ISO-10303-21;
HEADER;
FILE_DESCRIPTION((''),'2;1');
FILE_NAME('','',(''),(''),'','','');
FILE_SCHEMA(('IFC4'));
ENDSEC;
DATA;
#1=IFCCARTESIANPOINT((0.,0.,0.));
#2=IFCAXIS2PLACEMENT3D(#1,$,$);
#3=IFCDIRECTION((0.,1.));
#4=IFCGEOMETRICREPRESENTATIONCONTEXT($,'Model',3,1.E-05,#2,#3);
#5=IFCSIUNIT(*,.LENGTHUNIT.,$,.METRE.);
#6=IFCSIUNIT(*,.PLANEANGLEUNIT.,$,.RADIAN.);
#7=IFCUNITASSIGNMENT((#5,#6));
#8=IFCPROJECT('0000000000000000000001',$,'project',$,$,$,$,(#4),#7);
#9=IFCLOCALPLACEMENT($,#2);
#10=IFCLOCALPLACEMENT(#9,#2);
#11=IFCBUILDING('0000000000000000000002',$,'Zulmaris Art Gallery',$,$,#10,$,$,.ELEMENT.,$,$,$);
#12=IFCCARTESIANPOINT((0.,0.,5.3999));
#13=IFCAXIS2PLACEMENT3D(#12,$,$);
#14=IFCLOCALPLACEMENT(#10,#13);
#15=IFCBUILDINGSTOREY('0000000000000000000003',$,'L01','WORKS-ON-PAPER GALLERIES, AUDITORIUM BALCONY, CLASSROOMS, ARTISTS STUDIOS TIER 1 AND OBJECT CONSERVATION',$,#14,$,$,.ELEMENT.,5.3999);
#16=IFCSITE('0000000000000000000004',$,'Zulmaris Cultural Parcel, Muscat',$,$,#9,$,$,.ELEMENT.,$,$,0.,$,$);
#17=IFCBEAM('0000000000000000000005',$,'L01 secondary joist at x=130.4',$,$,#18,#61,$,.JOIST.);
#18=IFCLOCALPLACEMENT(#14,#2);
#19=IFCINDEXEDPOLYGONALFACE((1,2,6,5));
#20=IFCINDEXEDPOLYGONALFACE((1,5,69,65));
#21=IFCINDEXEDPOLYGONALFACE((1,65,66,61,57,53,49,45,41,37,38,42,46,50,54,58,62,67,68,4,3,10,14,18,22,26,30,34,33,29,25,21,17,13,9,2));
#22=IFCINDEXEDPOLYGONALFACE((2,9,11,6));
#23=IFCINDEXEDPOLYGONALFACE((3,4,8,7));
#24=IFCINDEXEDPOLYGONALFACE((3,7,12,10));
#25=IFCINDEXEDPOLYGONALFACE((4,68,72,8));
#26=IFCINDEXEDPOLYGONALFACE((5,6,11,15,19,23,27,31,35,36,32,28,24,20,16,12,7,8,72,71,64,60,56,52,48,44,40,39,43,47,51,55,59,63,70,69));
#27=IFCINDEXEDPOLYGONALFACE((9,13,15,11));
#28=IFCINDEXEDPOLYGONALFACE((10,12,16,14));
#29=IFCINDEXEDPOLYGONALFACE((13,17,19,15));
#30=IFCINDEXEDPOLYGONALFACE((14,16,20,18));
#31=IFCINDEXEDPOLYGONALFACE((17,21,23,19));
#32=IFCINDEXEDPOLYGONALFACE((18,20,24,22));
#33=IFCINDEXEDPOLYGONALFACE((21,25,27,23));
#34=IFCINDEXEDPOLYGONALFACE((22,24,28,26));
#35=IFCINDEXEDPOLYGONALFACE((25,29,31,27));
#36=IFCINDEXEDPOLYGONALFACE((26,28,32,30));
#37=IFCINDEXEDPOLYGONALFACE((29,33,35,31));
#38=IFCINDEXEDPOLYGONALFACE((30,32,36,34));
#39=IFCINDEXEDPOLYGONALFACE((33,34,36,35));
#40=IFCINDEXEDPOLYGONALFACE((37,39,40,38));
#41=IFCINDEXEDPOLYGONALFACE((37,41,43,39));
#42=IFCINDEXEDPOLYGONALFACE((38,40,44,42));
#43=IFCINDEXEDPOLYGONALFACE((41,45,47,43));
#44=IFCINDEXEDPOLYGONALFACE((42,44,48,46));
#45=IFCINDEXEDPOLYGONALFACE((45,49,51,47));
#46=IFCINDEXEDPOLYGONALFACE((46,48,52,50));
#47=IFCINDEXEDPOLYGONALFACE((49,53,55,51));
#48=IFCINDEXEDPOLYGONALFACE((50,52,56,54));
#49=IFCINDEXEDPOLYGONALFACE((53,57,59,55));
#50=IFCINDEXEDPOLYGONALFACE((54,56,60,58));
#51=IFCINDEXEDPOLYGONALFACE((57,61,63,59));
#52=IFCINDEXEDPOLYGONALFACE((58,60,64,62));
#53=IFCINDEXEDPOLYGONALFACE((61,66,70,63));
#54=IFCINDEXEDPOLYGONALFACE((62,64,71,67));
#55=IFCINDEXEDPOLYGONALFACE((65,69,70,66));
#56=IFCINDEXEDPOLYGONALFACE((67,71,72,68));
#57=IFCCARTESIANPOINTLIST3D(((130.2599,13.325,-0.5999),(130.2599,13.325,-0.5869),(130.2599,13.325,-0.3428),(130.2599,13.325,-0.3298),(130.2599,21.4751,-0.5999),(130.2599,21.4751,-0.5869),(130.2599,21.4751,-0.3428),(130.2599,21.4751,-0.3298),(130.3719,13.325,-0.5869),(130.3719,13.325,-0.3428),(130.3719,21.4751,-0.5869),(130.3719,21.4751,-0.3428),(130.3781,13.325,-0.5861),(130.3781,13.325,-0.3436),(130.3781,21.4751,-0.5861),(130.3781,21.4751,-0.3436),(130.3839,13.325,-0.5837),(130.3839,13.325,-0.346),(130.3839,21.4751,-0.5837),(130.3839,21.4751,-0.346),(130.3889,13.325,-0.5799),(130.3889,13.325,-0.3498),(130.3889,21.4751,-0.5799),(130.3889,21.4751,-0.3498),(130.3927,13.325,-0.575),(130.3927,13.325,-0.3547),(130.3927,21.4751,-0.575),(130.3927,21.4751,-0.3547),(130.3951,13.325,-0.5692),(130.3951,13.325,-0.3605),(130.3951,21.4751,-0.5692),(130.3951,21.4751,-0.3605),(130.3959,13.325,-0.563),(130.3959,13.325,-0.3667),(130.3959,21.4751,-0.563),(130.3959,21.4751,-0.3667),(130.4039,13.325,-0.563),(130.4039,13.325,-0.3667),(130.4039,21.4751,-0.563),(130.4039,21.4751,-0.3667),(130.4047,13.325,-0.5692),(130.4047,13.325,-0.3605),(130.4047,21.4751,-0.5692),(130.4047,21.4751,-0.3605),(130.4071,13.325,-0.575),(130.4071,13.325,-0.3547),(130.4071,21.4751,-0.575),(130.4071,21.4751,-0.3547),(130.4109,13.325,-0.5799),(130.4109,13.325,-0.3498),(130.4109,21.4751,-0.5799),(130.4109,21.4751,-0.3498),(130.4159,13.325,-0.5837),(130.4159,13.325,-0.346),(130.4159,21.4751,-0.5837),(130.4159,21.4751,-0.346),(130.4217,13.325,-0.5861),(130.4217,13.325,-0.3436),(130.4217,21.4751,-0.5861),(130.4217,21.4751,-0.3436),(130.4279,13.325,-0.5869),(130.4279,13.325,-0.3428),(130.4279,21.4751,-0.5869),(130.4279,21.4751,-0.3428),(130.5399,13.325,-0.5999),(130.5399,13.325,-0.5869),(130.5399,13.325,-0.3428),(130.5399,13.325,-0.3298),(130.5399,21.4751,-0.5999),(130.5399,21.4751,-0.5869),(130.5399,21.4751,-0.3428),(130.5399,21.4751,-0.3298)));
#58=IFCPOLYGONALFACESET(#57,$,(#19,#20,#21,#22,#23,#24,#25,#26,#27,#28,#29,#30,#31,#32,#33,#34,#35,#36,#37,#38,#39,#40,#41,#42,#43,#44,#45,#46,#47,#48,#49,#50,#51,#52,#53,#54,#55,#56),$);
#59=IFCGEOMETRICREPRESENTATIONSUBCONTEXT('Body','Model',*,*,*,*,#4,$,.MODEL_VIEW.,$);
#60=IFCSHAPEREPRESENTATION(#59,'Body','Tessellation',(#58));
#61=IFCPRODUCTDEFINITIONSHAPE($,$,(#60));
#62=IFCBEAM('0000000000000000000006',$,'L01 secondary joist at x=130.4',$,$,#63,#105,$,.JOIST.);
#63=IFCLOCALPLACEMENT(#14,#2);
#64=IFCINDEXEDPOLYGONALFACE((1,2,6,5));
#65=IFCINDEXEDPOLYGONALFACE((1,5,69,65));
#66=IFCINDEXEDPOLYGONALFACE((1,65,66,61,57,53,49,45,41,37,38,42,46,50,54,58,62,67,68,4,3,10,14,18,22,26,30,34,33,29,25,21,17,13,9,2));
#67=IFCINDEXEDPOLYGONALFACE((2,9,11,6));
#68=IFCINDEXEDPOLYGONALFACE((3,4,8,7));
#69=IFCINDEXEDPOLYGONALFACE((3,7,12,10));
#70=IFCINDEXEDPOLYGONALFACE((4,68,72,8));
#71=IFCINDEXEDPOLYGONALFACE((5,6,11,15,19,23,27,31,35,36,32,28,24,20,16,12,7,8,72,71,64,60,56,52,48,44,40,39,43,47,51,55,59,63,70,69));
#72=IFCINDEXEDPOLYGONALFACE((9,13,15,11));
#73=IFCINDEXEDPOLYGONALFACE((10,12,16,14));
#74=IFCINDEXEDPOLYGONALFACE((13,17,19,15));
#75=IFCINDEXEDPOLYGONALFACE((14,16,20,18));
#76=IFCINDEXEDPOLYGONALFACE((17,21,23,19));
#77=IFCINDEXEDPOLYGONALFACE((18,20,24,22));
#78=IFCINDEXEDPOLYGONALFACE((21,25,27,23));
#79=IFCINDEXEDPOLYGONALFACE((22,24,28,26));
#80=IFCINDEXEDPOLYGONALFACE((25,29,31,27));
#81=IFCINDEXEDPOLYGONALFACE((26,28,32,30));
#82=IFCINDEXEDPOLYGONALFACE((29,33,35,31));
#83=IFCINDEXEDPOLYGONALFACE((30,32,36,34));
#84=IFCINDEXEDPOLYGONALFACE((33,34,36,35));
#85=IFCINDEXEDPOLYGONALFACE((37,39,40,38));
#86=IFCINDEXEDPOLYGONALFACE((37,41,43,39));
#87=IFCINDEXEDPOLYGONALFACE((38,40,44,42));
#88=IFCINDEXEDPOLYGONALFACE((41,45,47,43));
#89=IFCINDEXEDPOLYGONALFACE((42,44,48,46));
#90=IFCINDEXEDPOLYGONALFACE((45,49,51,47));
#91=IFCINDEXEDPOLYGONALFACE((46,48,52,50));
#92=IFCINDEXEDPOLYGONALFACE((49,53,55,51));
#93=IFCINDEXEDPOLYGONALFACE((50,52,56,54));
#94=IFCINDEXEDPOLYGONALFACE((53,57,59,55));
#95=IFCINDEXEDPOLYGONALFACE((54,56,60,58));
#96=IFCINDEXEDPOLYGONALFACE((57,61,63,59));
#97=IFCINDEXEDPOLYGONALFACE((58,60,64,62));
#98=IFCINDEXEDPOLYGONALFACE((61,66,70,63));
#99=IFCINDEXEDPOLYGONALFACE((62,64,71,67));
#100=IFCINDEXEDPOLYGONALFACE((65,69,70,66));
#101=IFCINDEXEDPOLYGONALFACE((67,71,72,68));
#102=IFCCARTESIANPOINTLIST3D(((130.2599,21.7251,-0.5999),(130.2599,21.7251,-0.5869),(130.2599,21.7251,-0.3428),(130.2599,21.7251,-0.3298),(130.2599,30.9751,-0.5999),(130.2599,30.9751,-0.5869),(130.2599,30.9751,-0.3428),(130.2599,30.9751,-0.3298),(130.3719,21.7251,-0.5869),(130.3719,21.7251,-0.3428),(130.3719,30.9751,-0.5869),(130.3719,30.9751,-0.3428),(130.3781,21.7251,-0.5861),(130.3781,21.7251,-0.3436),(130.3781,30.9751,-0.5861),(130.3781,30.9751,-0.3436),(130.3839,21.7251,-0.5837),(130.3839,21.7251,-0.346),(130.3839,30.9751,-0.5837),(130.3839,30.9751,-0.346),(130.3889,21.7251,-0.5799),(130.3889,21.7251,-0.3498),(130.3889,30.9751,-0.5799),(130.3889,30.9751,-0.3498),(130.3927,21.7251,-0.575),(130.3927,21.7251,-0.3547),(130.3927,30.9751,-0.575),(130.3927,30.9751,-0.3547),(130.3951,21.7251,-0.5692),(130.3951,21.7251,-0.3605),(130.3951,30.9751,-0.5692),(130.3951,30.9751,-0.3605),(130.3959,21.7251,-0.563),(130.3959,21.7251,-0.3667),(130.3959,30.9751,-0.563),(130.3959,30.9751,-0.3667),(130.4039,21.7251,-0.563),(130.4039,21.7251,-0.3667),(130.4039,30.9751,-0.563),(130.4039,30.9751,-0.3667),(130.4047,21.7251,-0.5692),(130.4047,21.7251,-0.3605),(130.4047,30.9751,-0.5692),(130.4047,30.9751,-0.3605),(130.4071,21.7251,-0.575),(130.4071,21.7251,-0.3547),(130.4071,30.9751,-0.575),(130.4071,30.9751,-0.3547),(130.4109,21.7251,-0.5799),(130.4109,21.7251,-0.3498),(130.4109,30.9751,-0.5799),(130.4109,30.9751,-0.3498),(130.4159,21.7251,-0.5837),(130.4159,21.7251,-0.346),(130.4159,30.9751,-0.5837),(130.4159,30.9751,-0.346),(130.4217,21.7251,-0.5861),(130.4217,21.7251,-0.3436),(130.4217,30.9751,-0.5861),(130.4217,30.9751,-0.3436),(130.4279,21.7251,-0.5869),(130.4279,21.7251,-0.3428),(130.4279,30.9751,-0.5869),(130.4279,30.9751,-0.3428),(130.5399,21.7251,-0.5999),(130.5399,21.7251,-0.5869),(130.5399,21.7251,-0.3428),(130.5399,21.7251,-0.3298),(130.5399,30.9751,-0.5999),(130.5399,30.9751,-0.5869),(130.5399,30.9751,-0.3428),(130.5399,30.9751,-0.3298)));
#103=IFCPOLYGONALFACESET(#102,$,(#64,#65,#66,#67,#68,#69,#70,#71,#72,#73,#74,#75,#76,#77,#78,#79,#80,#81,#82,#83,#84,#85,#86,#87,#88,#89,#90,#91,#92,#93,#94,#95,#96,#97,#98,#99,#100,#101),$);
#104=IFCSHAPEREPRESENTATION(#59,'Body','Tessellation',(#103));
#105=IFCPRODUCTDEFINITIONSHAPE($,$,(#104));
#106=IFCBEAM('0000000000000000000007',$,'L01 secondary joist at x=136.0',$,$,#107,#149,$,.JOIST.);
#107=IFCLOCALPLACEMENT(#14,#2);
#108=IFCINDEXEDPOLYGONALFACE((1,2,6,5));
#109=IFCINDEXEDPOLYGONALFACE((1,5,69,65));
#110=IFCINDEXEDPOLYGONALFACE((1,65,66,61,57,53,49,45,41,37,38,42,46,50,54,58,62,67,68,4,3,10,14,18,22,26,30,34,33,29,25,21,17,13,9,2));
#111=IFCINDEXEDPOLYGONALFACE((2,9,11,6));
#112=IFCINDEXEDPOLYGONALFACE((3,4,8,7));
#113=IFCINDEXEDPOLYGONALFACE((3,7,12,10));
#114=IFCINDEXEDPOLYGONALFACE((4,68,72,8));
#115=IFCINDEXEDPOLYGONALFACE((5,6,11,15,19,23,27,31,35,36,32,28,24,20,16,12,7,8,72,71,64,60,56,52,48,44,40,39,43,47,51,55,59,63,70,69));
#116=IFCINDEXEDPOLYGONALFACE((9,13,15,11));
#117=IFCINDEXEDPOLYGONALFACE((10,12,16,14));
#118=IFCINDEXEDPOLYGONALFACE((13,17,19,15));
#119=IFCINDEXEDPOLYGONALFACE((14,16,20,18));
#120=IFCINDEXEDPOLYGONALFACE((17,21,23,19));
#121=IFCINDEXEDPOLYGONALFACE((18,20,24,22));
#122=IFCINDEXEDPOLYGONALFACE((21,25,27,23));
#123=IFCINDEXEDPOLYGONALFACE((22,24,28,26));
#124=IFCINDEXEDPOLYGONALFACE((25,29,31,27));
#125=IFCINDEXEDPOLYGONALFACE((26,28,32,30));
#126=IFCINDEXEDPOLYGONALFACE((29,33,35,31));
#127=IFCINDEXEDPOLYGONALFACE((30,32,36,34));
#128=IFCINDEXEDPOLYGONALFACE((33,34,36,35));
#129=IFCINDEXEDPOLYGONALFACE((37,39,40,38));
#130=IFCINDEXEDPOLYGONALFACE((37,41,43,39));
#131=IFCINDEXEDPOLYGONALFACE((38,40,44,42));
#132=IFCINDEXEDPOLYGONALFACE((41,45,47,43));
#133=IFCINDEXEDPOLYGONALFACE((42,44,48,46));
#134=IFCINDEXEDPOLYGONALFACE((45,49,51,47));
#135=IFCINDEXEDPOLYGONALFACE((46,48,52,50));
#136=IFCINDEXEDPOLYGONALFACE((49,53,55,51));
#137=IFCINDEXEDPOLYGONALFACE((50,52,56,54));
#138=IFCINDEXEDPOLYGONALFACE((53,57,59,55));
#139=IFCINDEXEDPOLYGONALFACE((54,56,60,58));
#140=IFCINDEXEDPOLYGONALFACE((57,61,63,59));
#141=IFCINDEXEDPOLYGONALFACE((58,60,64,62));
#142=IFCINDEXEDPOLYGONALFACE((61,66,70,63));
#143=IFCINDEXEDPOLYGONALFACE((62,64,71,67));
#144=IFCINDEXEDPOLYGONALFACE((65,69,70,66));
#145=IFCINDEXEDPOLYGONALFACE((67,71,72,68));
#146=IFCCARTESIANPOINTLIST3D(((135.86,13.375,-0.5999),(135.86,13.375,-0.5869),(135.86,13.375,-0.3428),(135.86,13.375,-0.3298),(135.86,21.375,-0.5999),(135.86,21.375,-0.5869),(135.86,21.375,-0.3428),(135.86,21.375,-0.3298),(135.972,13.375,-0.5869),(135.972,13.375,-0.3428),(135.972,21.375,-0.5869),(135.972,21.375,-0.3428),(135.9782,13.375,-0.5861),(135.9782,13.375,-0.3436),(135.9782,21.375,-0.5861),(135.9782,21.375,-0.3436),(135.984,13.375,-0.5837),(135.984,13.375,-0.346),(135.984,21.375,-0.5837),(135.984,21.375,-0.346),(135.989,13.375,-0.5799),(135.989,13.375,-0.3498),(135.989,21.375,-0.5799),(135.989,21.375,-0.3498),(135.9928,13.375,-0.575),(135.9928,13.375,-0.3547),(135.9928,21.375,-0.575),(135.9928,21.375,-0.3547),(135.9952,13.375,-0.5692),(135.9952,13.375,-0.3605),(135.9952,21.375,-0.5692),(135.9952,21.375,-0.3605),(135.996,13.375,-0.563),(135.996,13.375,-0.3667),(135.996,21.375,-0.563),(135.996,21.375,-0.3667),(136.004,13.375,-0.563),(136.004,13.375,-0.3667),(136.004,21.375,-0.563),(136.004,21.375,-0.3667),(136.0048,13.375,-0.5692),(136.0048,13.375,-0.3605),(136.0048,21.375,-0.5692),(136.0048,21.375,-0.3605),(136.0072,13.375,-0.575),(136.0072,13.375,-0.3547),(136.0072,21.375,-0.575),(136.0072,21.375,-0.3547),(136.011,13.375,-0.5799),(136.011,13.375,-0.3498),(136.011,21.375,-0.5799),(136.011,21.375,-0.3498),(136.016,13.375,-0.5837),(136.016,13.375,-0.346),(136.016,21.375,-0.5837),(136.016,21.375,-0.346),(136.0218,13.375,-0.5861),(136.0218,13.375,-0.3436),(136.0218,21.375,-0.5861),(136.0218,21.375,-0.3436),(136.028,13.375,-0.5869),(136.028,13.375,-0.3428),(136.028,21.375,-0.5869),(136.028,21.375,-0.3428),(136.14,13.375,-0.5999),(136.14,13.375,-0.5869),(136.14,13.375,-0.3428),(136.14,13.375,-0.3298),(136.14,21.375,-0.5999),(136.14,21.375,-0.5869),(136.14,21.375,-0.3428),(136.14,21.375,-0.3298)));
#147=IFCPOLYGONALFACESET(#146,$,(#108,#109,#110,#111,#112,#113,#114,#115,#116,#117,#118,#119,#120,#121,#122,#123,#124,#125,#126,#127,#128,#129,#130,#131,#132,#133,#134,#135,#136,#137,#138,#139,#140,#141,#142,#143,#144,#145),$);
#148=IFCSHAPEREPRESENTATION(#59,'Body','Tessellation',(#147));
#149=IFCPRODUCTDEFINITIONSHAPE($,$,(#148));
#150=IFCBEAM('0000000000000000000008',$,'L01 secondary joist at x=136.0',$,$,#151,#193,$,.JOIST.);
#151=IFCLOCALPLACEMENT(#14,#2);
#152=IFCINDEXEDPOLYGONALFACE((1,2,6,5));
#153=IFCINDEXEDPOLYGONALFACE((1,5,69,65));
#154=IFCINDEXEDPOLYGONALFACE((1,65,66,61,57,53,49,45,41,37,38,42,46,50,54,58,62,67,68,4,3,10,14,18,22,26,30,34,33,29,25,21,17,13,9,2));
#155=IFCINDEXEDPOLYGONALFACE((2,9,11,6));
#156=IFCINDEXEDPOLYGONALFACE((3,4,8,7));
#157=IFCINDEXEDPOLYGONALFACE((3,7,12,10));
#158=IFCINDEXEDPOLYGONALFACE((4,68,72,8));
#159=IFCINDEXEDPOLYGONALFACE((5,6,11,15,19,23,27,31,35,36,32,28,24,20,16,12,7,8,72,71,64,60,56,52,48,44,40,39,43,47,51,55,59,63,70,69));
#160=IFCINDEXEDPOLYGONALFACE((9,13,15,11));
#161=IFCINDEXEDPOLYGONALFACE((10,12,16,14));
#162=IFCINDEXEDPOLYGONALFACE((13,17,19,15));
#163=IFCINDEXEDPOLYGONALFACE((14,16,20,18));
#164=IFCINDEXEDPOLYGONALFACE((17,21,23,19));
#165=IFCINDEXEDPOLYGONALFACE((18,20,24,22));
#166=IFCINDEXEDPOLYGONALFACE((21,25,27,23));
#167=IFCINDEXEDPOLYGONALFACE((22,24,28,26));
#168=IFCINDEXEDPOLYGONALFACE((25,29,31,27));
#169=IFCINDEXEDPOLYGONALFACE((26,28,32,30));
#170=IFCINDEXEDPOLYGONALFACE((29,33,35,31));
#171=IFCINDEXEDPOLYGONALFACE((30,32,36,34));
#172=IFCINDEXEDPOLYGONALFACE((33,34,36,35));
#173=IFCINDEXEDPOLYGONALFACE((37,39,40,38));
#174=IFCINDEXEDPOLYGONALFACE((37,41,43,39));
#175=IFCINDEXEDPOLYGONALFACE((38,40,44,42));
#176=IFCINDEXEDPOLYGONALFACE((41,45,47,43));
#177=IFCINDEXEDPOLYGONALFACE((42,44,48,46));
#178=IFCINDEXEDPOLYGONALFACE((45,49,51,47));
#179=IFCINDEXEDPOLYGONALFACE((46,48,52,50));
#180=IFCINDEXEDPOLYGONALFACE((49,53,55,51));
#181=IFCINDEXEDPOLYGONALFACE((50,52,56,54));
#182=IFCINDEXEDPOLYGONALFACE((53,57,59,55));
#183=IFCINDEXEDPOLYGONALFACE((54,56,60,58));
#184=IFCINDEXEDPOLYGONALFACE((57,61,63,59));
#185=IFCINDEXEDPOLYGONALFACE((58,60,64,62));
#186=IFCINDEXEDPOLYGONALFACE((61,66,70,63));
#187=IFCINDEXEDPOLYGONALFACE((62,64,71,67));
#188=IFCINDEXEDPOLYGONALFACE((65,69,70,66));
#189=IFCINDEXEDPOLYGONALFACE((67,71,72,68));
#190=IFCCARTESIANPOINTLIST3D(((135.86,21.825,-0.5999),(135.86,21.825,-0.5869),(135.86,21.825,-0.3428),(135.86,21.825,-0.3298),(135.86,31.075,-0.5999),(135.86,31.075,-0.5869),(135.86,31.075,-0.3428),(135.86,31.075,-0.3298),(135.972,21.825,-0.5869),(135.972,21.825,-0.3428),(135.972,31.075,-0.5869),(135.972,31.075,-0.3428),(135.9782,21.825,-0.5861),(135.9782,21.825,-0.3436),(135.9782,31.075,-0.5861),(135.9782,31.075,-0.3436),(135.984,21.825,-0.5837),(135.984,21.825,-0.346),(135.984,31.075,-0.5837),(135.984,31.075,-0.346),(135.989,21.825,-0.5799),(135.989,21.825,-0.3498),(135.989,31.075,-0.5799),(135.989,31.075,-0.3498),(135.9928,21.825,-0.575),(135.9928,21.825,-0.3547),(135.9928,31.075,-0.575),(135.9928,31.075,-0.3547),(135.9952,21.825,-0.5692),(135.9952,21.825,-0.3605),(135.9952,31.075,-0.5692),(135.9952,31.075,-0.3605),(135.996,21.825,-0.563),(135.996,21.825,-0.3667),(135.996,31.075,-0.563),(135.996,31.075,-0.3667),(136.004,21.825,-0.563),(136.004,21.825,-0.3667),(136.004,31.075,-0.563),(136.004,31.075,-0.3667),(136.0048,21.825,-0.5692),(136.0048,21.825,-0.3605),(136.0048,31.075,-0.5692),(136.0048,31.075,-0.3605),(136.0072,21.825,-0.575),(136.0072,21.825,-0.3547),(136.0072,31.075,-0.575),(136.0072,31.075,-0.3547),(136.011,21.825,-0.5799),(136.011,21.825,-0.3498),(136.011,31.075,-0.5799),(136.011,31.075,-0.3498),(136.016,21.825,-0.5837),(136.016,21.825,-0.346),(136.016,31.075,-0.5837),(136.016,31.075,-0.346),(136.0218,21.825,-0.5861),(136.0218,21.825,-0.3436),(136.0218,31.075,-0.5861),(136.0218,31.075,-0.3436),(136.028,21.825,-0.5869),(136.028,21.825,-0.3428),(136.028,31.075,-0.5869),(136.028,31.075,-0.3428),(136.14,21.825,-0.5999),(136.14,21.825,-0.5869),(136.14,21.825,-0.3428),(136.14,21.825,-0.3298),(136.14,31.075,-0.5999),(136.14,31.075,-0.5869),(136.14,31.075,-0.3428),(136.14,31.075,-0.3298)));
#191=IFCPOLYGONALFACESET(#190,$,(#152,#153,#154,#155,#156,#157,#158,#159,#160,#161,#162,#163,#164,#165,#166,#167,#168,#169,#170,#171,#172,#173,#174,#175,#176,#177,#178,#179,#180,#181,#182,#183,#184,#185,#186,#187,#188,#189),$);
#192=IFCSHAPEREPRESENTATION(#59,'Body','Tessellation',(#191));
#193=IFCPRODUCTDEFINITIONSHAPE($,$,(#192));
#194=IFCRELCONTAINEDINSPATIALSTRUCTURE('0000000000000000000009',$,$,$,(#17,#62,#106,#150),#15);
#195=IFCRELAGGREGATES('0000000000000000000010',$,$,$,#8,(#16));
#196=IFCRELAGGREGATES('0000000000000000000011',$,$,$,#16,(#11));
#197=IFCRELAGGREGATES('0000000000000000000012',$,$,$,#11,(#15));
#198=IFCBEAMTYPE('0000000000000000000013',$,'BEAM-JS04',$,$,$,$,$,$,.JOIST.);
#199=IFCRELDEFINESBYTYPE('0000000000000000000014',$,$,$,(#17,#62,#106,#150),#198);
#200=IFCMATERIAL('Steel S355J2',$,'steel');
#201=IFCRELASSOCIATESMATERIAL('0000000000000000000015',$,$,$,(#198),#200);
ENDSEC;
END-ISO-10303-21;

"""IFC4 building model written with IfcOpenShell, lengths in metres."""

from ifc_helpers import new_model, si_unit, direction, frame, origin, origin_2d, place, context, subcontext, project, spatial, i_section, extrude, material, material_profile, profile_set, type_object, element, save


model = new_model("IFC4")

# Units and contexts
model_context = context("Model", 3, precision=1e-05, world=origin(), true_north=direction((0.0, 1.0)))
body_context = subcontext(model_context, "Body", "Model", "MODEL_VIEW")
ifc_project = project(units=[si_unit("LENGTHUNIT", "METRE"), si_unit("PLANEANGLEUNIT", "RADIAN")], contexts=[model_context])

# Site, building, storey
site_placement = place(None, origin())
site = spatial("IfcSite", under=ifc_project, at=site_placement, Name="Zulmaris Cultural Parcel, Muscat", CompositionType="ELEMENT", RefElevation=0.0)
building_placement = place(site_placement, origin())
building = spatial("IfcBuilding", under=site, at=building_placement, Name="Zulmaris Art Gallery", CompositionType="ELEMENT")
storey_placement = place(building_placement, frame((0.0, 0.0, 5.3999)))
storey = spatial("IfcBuildingStorey", under=building, at=storey_placement, Name="L01", Description="WORKS-ON-PAPER GALLERIES, AUDITORIUM BALCONY, CLASSROOMS, ARTISTS STUDIOS TIER 1 AND OBJECT CONSERVATION", CompositionType="ELEMENT", Elevation=5.3999)

# Beams
ifc_material_1 = material(Name="Steel S355J2", Category="steel")
ifc_material_profile_1 = material_profile(ifc_material_1, i_section(OverallWidth=0.28, OverallDepth=0.27, WebThickness=0.0081, FlangeThickness=0.0129, FilletRadius=0.0239, at=origin_2d()), Name="HEA 280")
ifc_profile_set_1 = profile_set([ifc_material_profile_1], Name="Steel S355J2")
beam_type_1 = type_object("IfcBeamType", Name="BEAM-JS04", PredefinedType="JOIST", material=ifc_profile_set_1)
beam_1_placement = place(storey_placement, frame((130.3999, 13.325, -0.4648), z_axis=(0.0, 1.0, 0.0), x_axis=(-1.0, 0.0, 0.0)))
element("IfcBeam", 1, at=beam_1_placement, inside=storey, type_object=beam_type_1, Name="L01 secondary joist at x=130.4", PredefinedType="JOIST", context=body_context, shape_type="SweptSolid", body=[
    extrude(i_section(OverallWidth=0.28, OverallDepth=0.27, WebThickness=0.0081, FlangeThickness=0.0129, FilletRadius=0.0239, at=origin_2d()), origin(), (0.0, 0.0, 1.0), 8.1501),
])
beam_2_placement = place(storey_placement, frame((130.3999, 21.7251, -0.4648), z_axis=(0.0, 1.0, 0.0), x_axis=(-1.0, 0.0, 0.0)))
element("IfcBeam", 2, at=beam_2_placement, inside=storey, type_object=beam_type_1, Name="L01 secondary joist at x=130.4", PredefinedType="JOIST", context=body_context, shape_type="SweptSolid", body=[
    extrude(i_section(OverallWidth=0.28, OverallDepth=0.27, WebThickness=0.0081, FlangeThickness=0.0129, FilletRadius=0.0239, at=origin_2d()), origin(), (0.0, 0.0, 1.0), 9.25),
])
beam_3_placement = place(storey_placement, frame((136.0, 13.375, -0.4648), z_axis=(0.0, 1.0, 0.0), x_axis=(-1.0, 0.0, 0.0)))
element("IfcBeam", 3, at=beam_3_placement, inside=storey, type_object=beam_type_1, Name="L01 secondary joist at x=136.0", PredefinedType="JOIST", context=body_context, shape_type="SweptSolid", body=[
    extrude(i_section(OverallWidth=0.28, OverallDepth=0.27, WebThickness=0.0081, FlangeThickness=0.0129, FilletRadius=0.0239, at=origin_2d()), origin(), (0.0, 0.0, 1.0), 8.0),
])
beam_4_placement = place(storey_placement, frame((136.0, 21.825, -0.4648), z_axis=(0.0, 1.0, 0.0), x_axis=(-1.0, 0.0, 0.0)))
element("IfcBeam", 4, at=beam_4_placement, inside=storey, type_object=beam_type_1, Name="L01 secondary joist at x=136.0", PredefinedType="JOIST", context=body_context, shape_type="SweptSolid", body=[
    extrude(i_section(OverallWidth=0.28, OverallDepth=0.27, WebThickness=0.0081, FlangeThickness=0.0129, FilletRadius=0.0239, at=origin_2d()), origin(), (0.0, 0.0, 1.0), 9.25),
])

save(model, "model.ifc")
